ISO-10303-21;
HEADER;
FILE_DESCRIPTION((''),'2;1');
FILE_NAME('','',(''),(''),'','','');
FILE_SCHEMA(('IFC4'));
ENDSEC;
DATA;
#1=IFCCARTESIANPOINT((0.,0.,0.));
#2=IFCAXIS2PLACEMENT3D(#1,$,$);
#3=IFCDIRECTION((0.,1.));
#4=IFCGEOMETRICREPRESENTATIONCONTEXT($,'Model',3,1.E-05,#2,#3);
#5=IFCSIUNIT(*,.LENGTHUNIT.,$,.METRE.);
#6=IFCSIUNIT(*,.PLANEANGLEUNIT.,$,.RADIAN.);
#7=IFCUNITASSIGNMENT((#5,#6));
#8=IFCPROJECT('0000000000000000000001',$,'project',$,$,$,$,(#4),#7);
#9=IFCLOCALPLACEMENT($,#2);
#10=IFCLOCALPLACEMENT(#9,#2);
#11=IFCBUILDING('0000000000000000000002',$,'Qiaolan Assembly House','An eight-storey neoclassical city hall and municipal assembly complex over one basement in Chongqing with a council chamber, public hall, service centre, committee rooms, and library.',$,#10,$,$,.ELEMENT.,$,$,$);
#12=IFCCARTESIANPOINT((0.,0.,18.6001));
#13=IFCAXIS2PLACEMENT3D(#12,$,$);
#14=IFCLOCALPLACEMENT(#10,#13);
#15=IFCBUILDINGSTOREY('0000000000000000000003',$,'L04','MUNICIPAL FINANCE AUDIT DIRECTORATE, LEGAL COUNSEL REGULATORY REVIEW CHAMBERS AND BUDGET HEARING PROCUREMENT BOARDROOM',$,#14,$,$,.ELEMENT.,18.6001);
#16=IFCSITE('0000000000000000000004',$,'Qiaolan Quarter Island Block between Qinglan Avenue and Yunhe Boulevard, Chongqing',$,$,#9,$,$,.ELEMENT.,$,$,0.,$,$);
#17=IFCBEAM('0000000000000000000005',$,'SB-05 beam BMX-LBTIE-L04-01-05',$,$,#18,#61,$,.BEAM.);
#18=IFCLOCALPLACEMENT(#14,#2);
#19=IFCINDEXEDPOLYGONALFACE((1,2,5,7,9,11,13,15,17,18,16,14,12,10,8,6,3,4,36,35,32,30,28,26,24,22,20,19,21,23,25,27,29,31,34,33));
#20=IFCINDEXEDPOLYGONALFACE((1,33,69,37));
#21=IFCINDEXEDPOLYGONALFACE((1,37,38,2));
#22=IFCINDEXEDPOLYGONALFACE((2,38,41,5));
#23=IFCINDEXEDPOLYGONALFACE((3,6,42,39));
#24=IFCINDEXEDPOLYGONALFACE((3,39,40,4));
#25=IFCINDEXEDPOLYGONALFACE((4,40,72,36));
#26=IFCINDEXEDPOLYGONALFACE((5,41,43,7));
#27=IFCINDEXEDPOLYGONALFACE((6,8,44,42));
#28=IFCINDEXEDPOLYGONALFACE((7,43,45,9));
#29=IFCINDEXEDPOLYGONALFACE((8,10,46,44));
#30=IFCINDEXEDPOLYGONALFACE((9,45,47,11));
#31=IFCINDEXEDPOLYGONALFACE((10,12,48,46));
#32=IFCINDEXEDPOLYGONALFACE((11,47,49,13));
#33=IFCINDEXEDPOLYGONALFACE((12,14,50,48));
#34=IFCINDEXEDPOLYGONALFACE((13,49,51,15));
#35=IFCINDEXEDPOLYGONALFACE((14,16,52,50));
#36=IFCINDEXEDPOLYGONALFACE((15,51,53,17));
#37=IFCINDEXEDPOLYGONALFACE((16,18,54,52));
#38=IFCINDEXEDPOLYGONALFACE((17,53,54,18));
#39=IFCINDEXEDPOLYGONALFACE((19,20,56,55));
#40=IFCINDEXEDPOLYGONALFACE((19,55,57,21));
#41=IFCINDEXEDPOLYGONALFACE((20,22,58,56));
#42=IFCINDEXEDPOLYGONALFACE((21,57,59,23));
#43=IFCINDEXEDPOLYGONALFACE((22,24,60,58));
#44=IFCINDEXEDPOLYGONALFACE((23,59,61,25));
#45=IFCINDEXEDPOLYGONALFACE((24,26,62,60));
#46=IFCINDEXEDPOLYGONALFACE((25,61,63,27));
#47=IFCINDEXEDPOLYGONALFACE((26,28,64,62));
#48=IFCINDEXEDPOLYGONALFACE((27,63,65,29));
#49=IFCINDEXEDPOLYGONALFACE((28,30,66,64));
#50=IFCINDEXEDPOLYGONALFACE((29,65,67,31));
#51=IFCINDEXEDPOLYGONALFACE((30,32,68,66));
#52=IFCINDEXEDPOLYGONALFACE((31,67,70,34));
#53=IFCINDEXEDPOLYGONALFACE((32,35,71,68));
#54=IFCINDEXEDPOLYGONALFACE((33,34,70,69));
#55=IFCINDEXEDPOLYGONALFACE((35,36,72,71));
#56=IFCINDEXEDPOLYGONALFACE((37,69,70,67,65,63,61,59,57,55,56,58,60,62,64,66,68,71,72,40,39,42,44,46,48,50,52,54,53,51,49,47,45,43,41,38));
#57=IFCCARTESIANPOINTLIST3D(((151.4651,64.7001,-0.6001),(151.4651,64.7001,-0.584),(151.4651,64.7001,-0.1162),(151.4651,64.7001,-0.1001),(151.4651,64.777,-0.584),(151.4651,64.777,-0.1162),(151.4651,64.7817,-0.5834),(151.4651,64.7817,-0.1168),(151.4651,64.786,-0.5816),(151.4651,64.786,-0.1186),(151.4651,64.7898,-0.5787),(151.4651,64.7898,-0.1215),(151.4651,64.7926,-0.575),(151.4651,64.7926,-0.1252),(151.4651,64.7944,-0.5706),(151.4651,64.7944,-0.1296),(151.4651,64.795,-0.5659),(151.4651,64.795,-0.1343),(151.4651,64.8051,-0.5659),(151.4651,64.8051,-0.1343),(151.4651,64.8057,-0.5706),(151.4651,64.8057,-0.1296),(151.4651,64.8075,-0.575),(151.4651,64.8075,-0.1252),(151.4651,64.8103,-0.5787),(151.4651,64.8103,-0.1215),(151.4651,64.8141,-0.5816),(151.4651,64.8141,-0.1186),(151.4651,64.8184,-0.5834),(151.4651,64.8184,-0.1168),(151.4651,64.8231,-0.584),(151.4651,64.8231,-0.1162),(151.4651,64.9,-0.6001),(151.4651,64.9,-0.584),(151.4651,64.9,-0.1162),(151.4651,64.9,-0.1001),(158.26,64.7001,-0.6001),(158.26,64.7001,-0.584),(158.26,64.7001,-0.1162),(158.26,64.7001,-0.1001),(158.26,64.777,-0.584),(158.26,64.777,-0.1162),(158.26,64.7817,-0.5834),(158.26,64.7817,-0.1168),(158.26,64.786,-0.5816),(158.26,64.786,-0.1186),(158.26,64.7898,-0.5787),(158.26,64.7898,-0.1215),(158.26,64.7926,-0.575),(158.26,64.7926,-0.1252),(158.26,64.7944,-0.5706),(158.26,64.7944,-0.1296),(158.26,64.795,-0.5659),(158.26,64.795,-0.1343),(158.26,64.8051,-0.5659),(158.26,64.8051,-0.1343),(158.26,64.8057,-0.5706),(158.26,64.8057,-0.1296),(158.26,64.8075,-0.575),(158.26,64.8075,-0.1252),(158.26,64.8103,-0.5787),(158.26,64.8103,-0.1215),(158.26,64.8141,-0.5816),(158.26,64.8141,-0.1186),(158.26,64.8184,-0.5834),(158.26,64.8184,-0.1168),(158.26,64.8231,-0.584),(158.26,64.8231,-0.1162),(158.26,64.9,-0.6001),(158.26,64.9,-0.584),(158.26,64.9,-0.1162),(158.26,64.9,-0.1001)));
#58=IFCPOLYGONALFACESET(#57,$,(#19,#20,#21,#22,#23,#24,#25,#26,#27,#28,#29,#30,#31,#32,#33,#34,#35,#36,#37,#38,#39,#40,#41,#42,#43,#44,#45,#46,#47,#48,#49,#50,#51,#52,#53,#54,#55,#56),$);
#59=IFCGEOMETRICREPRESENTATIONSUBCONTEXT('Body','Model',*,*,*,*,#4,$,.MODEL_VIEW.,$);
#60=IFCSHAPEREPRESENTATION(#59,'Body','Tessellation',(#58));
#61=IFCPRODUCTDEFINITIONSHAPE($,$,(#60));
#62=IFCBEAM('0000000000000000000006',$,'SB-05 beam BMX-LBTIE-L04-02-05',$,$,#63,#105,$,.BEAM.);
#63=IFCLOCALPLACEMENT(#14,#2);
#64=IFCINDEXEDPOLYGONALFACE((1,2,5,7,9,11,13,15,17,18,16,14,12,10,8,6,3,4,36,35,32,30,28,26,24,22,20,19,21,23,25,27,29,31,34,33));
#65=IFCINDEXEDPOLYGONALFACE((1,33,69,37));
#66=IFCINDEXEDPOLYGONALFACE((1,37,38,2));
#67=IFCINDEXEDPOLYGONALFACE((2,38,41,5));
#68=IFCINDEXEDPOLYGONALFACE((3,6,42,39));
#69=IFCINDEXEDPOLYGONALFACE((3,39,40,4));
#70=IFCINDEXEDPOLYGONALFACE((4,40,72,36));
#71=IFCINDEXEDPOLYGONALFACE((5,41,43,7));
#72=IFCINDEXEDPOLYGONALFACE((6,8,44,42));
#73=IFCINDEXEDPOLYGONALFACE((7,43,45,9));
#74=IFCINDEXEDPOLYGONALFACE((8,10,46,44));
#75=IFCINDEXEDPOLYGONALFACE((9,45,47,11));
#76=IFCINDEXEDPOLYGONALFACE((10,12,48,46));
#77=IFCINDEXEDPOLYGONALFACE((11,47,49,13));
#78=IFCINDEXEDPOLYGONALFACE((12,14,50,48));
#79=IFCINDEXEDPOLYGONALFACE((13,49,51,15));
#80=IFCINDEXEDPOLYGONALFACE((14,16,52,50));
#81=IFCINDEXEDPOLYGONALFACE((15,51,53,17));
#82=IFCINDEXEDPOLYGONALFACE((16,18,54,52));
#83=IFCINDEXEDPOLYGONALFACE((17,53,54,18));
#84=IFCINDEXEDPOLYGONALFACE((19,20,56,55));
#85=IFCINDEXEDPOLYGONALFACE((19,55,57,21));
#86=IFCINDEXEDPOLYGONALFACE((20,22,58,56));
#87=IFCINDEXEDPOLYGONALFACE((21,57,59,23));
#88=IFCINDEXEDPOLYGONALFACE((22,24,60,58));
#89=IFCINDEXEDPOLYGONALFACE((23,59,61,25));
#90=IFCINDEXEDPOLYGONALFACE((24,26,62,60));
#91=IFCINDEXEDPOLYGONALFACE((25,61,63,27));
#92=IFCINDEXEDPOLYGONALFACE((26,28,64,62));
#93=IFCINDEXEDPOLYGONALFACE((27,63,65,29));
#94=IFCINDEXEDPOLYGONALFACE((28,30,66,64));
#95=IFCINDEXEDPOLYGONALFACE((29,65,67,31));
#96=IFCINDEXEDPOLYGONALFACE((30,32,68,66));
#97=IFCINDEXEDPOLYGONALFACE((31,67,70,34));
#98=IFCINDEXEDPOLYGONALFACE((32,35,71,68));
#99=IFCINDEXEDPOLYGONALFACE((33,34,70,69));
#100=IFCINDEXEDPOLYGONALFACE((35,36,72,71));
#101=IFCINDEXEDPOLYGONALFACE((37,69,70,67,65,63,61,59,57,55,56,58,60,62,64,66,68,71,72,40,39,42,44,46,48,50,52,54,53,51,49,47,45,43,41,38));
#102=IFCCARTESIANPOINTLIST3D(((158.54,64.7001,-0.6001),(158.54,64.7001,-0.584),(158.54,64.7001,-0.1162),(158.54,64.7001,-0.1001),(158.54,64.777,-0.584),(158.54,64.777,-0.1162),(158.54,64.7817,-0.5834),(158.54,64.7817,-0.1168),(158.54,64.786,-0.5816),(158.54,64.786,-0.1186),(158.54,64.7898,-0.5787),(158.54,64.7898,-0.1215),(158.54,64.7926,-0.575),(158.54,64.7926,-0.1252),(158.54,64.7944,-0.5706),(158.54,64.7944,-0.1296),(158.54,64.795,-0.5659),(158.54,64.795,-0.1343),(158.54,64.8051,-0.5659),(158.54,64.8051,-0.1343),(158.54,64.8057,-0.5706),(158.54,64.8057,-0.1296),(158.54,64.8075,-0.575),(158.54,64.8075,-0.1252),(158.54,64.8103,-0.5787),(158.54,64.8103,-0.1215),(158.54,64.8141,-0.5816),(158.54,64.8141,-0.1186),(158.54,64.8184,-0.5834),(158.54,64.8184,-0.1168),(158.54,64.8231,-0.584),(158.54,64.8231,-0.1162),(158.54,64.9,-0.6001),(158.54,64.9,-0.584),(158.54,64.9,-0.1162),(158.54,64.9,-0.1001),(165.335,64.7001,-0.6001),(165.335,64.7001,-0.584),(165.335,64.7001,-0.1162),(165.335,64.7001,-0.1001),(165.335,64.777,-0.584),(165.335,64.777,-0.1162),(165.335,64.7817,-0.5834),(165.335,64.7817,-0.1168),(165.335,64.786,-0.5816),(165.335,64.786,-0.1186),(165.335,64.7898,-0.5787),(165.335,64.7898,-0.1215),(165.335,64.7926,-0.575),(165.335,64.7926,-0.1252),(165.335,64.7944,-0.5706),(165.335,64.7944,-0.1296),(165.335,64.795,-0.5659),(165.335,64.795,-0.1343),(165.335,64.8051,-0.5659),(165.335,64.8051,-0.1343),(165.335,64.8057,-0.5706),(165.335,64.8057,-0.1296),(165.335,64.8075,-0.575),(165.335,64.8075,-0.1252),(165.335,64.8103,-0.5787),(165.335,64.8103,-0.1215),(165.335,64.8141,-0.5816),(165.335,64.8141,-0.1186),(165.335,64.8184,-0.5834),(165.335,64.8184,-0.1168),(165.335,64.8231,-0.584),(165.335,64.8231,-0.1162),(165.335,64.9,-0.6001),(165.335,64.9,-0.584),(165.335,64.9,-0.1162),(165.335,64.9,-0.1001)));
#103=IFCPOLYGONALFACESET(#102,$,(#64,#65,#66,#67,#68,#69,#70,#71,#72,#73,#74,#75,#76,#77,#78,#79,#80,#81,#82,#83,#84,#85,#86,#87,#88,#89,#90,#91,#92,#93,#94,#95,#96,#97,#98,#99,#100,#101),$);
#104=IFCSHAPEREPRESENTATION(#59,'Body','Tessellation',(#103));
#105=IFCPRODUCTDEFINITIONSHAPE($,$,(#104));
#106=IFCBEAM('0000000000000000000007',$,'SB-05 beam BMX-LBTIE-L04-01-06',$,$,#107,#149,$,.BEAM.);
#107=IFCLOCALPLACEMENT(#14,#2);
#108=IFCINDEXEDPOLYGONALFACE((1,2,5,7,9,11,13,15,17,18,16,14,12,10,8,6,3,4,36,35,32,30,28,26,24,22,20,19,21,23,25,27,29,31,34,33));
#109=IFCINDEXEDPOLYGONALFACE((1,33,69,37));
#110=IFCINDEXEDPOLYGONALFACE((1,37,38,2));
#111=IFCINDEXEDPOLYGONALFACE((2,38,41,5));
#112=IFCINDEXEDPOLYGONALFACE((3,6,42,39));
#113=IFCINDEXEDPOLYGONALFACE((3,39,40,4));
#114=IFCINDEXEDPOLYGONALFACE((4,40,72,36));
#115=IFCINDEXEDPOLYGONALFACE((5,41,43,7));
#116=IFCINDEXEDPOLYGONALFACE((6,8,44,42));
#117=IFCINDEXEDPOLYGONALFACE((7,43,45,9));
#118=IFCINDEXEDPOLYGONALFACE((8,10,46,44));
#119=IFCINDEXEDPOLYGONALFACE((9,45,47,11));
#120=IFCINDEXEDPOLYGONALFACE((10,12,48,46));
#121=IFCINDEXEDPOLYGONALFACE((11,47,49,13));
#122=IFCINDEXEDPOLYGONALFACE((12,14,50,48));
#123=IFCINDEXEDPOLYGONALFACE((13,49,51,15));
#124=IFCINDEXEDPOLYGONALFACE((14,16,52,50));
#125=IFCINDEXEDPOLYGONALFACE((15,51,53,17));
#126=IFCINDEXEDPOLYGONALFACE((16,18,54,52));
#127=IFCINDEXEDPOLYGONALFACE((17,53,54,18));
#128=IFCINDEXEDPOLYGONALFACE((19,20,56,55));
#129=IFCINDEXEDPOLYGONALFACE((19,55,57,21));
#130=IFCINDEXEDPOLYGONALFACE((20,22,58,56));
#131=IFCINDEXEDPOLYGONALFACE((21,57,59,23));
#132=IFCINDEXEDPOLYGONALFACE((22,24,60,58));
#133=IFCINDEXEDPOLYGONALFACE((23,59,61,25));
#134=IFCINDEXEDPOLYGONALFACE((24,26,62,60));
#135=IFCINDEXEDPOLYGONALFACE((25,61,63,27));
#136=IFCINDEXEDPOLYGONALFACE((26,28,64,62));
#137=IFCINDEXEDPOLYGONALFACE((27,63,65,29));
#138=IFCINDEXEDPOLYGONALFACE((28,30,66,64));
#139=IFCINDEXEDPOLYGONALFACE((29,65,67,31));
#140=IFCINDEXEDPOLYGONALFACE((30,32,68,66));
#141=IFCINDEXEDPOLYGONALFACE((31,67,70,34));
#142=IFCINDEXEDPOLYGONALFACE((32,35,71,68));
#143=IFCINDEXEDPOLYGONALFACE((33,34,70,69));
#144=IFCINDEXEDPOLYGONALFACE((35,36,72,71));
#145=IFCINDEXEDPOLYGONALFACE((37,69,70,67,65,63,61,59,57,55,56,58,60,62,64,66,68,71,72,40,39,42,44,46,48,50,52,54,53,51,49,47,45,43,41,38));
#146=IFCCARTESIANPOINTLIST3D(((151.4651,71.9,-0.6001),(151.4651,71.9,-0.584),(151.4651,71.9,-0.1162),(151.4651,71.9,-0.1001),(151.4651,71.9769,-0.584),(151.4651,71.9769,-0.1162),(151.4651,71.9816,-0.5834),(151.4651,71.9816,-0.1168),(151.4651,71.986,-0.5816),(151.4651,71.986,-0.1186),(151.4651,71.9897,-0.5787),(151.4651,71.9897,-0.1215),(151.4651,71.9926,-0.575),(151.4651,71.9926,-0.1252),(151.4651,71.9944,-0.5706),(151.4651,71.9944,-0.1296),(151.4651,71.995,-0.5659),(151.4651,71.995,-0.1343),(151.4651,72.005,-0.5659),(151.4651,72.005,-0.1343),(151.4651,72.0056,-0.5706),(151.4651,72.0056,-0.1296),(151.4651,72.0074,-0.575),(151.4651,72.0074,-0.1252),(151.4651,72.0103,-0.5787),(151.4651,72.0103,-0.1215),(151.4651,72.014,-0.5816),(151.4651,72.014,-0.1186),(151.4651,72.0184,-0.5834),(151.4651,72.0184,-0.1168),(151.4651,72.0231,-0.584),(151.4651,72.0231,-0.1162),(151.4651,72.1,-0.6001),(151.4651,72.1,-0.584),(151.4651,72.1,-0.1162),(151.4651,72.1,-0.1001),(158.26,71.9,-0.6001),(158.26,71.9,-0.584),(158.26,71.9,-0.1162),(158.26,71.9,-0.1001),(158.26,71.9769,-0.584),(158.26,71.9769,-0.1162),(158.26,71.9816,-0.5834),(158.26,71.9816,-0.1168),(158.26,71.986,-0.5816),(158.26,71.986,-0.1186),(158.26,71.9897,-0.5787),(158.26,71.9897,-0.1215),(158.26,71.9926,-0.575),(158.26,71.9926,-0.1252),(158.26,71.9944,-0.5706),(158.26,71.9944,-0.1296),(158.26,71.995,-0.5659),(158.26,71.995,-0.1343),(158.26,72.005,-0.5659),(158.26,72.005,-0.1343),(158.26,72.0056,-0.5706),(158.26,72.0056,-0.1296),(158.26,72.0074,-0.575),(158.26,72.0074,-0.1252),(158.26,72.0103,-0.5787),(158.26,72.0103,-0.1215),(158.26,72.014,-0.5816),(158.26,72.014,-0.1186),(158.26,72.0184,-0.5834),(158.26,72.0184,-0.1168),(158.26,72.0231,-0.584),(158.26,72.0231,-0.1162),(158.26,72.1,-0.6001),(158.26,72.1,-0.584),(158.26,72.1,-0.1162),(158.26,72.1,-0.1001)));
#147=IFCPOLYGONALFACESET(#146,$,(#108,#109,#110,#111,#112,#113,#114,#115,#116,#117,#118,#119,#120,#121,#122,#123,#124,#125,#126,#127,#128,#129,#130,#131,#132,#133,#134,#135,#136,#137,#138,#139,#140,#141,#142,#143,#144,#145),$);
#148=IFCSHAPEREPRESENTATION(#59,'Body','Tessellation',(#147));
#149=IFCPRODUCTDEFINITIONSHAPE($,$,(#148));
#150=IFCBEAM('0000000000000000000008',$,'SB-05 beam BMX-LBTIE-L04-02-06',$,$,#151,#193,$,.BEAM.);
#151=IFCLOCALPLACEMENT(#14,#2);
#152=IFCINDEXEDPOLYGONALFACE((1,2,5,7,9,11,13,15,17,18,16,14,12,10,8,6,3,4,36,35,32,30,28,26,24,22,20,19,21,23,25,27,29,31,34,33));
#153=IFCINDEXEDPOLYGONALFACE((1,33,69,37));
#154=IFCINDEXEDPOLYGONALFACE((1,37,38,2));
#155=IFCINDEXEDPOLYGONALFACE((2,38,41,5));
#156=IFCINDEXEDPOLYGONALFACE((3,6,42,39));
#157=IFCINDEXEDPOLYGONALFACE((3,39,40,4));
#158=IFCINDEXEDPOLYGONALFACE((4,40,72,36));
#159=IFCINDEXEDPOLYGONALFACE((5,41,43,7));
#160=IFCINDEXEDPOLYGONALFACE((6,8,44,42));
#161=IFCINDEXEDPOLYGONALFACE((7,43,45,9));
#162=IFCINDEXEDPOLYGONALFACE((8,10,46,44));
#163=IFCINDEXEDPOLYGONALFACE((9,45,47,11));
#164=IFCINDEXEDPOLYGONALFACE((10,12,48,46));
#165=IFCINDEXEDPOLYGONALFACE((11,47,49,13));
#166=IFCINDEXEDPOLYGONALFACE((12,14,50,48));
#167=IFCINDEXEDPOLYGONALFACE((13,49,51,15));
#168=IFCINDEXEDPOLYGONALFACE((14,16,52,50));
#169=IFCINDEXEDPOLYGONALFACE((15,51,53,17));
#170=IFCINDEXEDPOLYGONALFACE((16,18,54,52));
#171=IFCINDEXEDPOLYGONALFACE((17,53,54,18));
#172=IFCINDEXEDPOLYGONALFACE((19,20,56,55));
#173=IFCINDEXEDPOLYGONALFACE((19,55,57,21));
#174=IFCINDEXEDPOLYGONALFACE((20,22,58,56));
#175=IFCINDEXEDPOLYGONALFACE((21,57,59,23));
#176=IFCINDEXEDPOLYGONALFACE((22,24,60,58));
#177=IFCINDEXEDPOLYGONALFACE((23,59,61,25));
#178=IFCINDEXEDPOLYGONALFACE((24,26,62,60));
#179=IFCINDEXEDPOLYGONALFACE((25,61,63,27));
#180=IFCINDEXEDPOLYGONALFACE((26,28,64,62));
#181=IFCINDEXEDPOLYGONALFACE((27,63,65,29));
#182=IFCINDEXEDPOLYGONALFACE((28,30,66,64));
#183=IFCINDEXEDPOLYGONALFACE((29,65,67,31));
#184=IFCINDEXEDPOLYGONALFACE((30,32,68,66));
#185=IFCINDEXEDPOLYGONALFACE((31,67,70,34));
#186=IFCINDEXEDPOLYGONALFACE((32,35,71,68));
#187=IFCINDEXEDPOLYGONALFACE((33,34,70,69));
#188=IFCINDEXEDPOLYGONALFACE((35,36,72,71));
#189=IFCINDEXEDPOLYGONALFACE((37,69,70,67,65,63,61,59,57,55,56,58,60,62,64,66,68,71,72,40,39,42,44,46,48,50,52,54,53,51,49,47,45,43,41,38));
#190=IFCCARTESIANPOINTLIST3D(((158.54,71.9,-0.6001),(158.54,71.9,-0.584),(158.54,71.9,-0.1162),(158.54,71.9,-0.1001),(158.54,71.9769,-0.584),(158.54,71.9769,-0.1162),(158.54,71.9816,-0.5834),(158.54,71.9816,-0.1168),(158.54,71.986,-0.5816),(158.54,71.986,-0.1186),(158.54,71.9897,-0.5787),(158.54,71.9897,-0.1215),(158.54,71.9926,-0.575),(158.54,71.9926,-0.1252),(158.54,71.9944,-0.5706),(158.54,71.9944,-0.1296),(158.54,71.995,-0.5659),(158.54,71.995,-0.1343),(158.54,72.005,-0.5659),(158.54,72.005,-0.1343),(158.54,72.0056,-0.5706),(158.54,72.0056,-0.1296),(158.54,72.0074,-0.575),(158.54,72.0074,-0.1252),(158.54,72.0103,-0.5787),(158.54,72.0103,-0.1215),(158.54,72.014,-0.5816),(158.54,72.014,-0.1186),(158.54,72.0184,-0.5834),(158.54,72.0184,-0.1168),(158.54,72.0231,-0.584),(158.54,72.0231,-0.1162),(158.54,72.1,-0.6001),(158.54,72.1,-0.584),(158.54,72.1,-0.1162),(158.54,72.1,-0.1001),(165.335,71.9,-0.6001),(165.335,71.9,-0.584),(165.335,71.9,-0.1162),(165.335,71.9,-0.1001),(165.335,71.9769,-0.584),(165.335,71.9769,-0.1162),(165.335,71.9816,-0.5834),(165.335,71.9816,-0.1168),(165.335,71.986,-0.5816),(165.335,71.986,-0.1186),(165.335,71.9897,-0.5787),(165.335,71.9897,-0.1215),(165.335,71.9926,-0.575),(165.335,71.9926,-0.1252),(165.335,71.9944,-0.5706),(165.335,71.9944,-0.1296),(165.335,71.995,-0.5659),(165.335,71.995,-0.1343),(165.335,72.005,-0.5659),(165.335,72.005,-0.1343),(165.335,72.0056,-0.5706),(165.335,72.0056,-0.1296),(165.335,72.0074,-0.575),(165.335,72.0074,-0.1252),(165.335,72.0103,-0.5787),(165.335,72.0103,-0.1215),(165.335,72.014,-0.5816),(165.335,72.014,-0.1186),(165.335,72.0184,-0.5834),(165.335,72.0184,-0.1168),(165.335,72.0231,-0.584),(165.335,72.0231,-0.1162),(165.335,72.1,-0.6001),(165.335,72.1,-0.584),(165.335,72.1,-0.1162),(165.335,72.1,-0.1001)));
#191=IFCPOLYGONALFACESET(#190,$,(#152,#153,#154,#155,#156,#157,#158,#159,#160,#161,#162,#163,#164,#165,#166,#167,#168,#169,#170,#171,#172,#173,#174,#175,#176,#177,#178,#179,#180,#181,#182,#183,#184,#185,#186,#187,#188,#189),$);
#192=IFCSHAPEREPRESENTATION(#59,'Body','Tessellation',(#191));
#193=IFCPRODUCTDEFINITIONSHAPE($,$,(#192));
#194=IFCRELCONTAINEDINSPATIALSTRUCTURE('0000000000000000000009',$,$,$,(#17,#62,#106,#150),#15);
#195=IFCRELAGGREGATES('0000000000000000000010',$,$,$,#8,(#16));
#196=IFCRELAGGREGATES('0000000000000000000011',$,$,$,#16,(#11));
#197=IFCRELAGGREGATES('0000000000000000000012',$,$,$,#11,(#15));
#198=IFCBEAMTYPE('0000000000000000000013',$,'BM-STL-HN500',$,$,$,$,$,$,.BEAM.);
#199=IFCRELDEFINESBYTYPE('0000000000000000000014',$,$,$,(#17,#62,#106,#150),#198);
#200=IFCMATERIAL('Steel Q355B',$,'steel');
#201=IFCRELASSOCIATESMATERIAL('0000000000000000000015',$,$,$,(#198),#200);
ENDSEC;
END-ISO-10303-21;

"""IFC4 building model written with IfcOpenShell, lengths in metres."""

from ifc_helpers import new_model, si_unit, direction, frame, origin, origin_2d, place, context, subcontext, project, spatial, i_section, extrude, material, material_profile, profile_set, type_object, element, save


model = new_model("IFC4")

# Units and contexts
model_context = context("Model", 3, precision=1e-05, world=origin(), true_north=direction((0.0, 1.0)))
body_context = subcontext(model_context, "Body", "Model", "MODEL_VIEW")
ifc_project = project(units=[si_unit("LENGTHUNIT", "METRE"), si_unit("PLANEANGLEUNIT", "RADIAN")], contexts=[model_context])

# Site, building, storey
site_placement = place(None, origin())
site = spatial("IfcSite", under=ifc_project, at=site_placement, Name="Qiaolan Quarter Island Block between Qinglan Avenue and Yunhe Boulevard, Chongqing", CompositionType="ELEMENT", RefElevation=0.0)
building_placement = place(site_placement, origin())
building = spatial("IfcBuilding", under=site, at=building_placement, Name="Qiaolan Assembly House", Description="An eight-storey neoclassical city hall and municipal assembly complex over one basement in Chongqing with a council chamber, public hall, service centre, committee rooms, and library.", CompositionType="ELEMENT")
storey_placement = place(building_placement, frame((0.0, 0.0, 18.6001)))
storey = spatial("IfcBuildingStorey", under=building, at=storey_placement, Name="L04", Description="MUNICIPAL FINANCE AUDIT DIRECTORATE, LEGAL COUNSEL REGULATORY REVIEW CHAMBERS AND BUDGET HEARING PROCUREMENT BOARDROOM", CompositionType="ELEMENT", Elevation=18.6001)

# Shared definitions
ifc_material = material(Name="Steel Q355B", Category="steel")

# Beams
ifc_material_profile_1 = material_profile(ifc_material, i_section(OverallWidth=0.2, OverallDepth=0.5, WebThickness=0.01, FlangeThickness=0.0161, FilletRadius=0.0181, at=origin_2d()), Name="HN 500x200x10x16")
ifc_profile_set_1 = profile_set([ifc_material_profile_1], Name="Steel Q355B")
beam_type_1 = type_object("IfcBeamType", Name="BM-STL-HN500", PredefinedType="BEAM", material=ifc_profile_set_1)
for number, where, z_axis, x_axis, name in (
    (1, (151.4651, 64.8, -0.3501), (1.0, 0.0, 0.0), (0.0, 1.0, 0.0), "SB-05 beam BMX-LBTIE-L04-01-05"),
    (2, (158.54, 64.8, -0.3501), (1.0, 0.0, 0.0), (0.0, 1.0, 0.0), "SB-05 beam BMX-LBTIE-L04-02-05"),
    (3, (151.4651, 72.0, -0.3501), (1.0, 0.0, 0.0), (0.0, 1.0, 0.0), "SB-05 beam BMX-LBTIE-L04-01-06"),
    (4, (158.54, 72.0, -0.3501), (1.0, 0.0, 0.0), (0.0, 1.0, 0.0), "SB-05 beam BMX-LBTIE-L04-02-06"),
):
    element("IfcBeam", number, at=place(storey_placement, frame(where, z_axis=z_axis, x_axis=x_axis)), inside=storey, type_object=beam_type_1, Name=name, PredefinedType="BEAM", context=body_context, shape_type="SweptSolid", body=[
        extrude(i_section(OverallWidth=0.2, OverallDepth=0.5, WebThickness=0.01, FlangeThickness=0.0161, FilletRadius=0.0181, at=origin_2d()), origin(), (0.0, 0.0, 1.0), 6.7949),
    ])

save(model, "model.ifc")
